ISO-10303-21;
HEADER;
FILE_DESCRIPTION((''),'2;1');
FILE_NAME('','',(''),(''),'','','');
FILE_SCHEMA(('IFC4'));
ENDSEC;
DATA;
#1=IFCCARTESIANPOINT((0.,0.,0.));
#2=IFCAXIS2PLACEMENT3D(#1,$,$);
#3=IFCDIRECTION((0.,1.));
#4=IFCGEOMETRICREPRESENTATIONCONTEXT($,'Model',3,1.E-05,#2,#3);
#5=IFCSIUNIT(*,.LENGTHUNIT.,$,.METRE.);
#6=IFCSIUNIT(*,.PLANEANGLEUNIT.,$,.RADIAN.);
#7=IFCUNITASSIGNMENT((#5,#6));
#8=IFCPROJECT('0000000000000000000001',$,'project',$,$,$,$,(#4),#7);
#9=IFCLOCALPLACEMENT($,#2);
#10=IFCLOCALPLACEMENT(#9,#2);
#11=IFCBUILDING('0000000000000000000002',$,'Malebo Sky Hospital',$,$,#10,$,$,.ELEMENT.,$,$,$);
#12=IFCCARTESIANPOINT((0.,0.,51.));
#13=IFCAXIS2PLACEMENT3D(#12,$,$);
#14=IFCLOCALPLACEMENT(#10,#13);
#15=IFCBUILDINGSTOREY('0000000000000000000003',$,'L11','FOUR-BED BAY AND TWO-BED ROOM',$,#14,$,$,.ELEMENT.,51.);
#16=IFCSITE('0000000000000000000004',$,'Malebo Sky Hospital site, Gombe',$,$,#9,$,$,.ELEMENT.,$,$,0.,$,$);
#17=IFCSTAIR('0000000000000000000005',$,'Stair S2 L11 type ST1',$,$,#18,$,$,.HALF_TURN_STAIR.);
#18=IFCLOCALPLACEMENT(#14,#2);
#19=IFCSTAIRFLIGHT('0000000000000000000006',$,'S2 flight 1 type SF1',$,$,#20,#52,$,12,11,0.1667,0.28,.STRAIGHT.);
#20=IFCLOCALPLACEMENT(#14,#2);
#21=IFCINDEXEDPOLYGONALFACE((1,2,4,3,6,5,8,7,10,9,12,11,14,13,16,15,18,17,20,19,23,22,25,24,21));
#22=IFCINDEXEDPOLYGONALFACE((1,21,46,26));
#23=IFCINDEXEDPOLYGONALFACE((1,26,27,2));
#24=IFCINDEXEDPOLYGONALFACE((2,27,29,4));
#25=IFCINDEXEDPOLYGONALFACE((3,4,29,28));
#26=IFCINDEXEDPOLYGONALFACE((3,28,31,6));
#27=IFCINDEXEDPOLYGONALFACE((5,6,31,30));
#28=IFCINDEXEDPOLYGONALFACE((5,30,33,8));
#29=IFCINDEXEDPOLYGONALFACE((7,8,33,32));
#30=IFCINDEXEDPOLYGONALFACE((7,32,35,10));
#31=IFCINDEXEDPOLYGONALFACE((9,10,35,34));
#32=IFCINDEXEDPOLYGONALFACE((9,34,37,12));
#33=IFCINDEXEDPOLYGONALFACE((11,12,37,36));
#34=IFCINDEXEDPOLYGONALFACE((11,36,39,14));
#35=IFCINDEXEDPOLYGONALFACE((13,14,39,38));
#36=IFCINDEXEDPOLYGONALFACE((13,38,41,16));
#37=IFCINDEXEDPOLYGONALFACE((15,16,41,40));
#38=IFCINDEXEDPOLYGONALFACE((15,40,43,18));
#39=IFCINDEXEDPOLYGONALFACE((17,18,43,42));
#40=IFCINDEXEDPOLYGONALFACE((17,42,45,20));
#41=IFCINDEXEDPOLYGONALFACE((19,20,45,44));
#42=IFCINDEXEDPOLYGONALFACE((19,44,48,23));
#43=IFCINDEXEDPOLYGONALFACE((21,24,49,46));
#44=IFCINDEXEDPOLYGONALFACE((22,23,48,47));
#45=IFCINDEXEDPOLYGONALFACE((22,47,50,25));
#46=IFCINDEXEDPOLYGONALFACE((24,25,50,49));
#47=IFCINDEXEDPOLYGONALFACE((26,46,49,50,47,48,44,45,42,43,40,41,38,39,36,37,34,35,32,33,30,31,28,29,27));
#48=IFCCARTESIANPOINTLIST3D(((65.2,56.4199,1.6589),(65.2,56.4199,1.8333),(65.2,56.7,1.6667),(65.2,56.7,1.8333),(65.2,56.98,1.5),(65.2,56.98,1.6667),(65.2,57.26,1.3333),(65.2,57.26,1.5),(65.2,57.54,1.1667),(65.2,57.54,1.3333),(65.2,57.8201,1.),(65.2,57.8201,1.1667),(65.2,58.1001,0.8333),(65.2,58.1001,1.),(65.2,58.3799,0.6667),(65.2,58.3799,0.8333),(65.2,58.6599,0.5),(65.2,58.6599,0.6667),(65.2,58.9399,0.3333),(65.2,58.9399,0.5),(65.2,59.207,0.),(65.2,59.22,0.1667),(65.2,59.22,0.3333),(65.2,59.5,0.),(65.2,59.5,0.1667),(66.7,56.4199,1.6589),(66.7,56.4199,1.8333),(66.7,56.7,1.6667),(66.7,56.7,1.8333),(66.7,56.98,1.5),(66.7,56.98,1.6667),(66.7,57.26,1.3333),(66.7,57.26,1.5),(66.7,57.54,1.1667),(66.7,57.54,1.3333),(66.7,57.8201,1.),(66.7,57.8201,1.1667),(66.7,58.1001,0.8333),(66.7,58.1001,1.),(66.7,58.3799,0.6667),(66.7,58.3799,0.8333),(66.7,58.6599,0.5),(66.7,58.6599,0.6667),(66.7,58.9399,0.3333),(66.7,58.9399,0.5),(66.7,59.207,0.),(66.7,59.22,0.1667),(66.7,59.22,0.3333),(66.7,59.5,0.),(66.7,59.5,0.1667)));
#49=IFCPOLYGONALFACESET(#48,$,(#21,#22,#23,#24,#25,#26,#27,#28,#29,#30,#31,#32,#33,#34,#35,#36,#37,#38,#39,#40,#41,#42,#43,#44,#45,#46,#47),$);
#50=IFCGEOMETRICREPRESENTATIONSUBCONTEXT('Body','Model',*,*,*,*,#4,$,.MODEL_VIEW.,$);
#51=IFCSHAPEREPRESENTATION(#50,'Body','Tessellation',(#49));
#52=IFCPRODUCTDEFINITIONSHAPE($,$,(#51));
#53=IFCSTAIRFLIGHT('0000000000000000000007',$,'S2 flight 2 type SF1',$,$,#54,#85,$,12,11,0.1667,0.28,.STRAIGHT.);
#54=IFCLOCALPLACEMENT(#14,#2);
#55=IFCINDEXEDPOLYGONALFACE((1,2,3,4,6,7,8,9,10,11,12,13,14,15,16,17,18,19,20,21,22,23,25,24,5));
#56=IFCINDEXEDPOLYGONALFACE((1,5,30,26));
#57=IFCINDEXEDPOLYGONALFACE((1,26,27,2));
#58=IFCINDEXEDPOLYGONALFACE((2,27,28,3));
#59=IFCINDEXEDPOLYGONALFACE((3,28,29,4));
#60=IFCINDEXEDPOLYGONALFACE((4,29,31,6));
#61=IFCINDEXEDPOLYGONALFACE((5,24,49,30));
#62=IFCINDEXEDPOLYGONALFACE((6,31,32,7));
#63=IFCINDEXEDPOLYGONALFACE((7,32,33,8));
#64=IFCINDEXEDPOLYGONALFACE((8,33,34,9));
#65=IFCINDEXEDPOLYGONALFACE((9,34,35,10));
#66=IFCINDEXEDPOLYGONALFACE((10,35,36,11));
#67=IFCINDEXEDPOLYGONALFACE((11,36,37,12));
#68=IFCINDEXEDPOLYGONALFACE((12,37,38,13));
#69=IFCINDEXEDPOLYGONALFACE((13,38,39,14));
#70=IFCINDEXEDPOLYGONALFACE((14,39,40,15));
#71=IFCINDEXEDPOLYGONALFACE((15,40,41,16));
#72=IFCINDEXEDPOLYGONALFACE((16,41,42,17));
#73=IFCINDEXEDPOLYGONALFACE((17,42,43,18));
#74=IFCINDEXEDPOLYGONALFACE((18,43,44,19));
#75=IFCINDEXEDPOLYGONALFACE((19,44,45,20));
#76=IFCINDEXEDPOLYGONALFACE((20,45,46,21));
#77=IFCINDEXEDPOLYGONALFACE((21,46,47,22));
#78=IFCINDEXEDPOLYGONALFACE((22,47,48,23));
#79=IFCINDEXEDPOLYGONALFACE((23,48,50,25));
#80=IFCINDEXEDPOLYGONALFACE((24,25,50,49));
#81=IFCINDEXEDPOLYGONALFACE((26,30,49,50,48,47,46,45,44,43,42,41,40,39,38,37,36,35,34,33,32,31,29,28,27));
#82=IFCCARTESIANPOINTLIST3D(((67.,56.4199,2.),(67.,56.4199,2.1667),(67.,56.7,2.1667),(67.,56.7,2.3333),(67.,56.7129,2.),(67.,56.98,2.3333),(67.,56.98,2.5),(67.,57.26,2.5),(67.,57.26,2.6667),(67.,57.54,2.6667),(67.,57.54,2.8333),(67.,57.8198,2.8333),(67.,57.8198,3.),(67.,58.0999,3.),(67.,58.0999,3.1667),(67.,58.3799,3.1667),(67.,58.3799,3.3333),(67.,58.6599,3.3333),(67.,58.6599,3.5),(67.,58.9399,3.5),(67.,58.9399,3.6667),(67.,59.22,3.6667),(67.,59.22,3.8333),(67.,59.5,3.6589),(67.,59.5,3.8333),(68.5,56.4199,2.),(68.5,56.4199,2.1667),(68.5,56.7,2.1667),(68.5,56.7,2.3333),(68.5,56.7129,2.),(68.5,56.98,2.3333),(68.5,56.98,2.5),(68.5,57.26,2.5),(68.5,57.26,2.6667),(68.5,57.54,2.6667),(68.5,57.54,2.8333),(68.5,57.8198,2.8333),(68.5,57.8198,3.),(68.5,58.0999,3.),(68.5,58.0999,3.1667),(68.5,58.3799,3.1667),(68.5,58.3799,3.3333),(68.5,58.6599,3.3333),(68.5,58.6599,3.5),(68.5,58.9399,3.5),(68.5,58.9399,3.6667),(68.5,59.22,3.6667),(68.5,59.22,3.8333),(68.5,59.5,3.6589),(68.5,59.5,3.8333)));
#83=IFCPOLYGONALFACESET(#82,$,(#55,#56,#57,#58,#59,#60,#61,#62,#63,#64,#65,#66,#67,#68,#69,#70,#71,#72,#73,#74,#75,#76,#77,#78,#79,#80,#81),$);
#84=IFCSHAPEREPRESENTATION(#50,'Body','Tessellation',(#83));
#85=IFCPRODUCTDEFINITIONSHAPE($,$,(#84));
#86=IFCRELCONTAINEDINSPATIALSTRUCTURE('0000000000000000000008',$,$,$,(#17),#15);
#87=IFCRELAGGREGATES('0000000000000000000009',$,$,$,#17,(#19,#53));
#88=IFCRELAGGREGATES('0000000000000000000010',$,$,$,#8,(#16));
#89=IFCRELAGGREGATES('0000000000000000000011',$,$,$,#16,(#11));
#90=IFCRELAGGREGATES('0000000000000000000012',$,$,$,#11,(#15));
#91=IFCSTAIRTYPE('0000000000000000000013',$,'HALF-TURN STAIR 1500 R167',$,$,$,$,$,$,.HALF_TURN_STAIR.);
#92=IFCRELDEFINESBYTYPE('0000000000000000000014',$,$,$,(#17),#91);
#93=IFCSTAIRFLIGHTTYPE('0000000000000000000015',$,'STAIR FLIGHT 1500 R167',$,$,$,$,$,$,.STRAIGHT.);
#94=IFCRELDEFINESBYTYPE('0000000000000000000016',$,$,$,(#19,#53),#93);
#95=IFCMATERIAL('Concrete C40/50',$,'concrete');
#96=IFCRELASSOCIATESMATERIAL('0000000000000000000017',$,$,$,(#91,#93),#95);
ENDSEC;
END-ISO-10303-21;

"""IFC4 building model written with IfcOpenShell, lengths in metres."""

from ifc_helpers import new_model, si_unit, direction, frame, origin, place, context, subcontext, project, spatial, polyline, outline, extrude, material, type_object, element, aggregate, save


model = new_model("IFC4")

# Units and contexts
model_context = context("Model", 3, precision=1e-05, world=origin(), true_north=direction((0.0, 1.0)))
body_context = subcontext(model_context, "Body", "Model", "MODEL_VIEW")
ifc_project = project(units=[si_unit("LENGTHUNIT", "METRE"), si_unit("PLANEANGLEUNIT", "RADIAN")], contexts=[model_context])

# Site, building, storey
site_placement = place(None, origin())
site = spatial("IfcSite", under=ifc_project, at=site_placement, Name="Malebo Sky Hospital site, Gombe", CompositionType="ELEMENT", RefElevation=0.0)
building_placement = place(site_placement, origin())
building = spatial("IfcBuilding", under=site, at=building_placement, Name="Malebo Sky Hospital", CompositionType="ELEMENT")
storey_placement = place(building_placement, frame((0.0, 0.0, 51.0)))
storey = spatial("IfcBuildingStorey", under=building, at=storey_placement, Name="L11", Description="FOUR-BED BAY AND TWO-BED ROOM", CompositionType="ELEMENT", Elevation=51.0)

# Stair, stair flights
ifc_material_1 = material(Name="Concrete C40/50", Category="concrete")
stair_type = type_object("IfcStairType", Name="HALF-TURN STAIR 1500 R167", PredefinedType="HALF_TURN_STAIR", material=ifc_material_1)
stair_placement = place(storey_placement, origin())
stair = element("IfcStair", 1, at=stair_placement, inside=storey, type_object=stair_type, Name="Stair S2 L11 type ST1", PredefinedType="HALF_TURN_STAIR")
stair_flight_type = type_object("IfcStairFlightType", Name="STAIR FLIGHT 1500 R167", PredefinedType="STRAIGHT", material=ifc_material_1)
stair_flight_1_placement = place(storey_placement, frame((65.95, 59.5, 0.0), z_axis=(0.0, 0.0, 1.0), x_axis=(0.0, -1.0, 0.0)))
stair_flight_1 = element("IfcStairFlight", 2, at=stair_flight_1_placement, type_object=stair_flight_type, Name="S2 flight 1 type SF1", NumberOfRisers=12, NumberOfTreads=11, PredefinedType="STRAIGHT", RiserHeight=0.1667, TreadLength=0.28, context=body_context, shape_type="SweptSolid", body=[
    extrude(outline(polyline([(0.0, 0.0), (0.0, 0.1667), (0.28, 0.1667), (0.28, 0.3333), (0.5601, 0.3333), (0.5601, 0.5), (0.8401, 0.5), (0.8401, 0.6667), (1.1201, 0.6667), (1.1201, 0.8333), (1.3999, 0.8333), (1.3999, 1.0), (1.6799, 1.0), (1.6799, 1.1667), (1.96, 1.1667), (1.96, 1.3333), (2.24, 1.3333), (2.24, 1.5), (2.52, 1.5), (2.52, 1.6667), (2.8, 1.6667), (2.8, 1.8333), (3.0801, 1.8333), (3.0801, 2.0), (3.0801, 1.6589), (0.293, 0.0), (0.0, 0.0)])), frame((0.0, 0.75, 0.0), z_axis=(0.0, -1.0, 0.0), x_axis=(1.0, 0.0, 0.0)), (0.0, 0.0, 1.0), 1.5),
])
stair_flight_2_placement = place(storey_placement, frame((67.75, 56.4199, 2.0), z_axis=(0.0, 0.0, 1.0), x_axis=(0.0, 1.0, 0.0)))
stair_flight_2 = element("IfcStairFlight", 3, at=stair_flight_2_placement, type_object=stair_flight_type, Name="S2 flight 2 type SF1", NumberOfRisers=12, NumberOfTreads=11, PredefinedType="STRAIGHT", RiserHeight=0.1667, TreadLength=0.28, context=body_context, shape_type="SweptSolid", body=[
    extrude(outline(polyline([(0.0, 0.0), (0.0, 0.1667), (0.28, 0.1667), (0.28, 0.3333), (0.5601, 0.3333), (0.5601, 0.5), (0.8401, 0.5), (0.8401, 0.6667), (1.1201, 0.6667), (1.1201, 0.8333), (1.3999, 0.8333), (1.3999, 1.0), (1.6799, 1.0), (1.6799, 1.1667), (1.96, 1.1667), (1.96, 1.3333), (2.24, 1.3333), (2.24, 1.5), (2.52, 1.5), (2.52, 1.6667), (2.8, 1.6667), (2.8, 1.8333), (3.0801, 1.8333), (3.0801, 2.0), (3.0801, 1.6589), (0.293, 0.0), (0.0, 0.0)])), frame((0.0, 0.75, 0.0), z_axis=(0.0, -1.0, 0.0), x_axis=(1.0, 0.0, 0.0)), (0.0, 0.0, 1.0), 1.5),
])
aggregate(stair, [stair_flight_1, stair_flight_2])

save(model, "model.ifc")
